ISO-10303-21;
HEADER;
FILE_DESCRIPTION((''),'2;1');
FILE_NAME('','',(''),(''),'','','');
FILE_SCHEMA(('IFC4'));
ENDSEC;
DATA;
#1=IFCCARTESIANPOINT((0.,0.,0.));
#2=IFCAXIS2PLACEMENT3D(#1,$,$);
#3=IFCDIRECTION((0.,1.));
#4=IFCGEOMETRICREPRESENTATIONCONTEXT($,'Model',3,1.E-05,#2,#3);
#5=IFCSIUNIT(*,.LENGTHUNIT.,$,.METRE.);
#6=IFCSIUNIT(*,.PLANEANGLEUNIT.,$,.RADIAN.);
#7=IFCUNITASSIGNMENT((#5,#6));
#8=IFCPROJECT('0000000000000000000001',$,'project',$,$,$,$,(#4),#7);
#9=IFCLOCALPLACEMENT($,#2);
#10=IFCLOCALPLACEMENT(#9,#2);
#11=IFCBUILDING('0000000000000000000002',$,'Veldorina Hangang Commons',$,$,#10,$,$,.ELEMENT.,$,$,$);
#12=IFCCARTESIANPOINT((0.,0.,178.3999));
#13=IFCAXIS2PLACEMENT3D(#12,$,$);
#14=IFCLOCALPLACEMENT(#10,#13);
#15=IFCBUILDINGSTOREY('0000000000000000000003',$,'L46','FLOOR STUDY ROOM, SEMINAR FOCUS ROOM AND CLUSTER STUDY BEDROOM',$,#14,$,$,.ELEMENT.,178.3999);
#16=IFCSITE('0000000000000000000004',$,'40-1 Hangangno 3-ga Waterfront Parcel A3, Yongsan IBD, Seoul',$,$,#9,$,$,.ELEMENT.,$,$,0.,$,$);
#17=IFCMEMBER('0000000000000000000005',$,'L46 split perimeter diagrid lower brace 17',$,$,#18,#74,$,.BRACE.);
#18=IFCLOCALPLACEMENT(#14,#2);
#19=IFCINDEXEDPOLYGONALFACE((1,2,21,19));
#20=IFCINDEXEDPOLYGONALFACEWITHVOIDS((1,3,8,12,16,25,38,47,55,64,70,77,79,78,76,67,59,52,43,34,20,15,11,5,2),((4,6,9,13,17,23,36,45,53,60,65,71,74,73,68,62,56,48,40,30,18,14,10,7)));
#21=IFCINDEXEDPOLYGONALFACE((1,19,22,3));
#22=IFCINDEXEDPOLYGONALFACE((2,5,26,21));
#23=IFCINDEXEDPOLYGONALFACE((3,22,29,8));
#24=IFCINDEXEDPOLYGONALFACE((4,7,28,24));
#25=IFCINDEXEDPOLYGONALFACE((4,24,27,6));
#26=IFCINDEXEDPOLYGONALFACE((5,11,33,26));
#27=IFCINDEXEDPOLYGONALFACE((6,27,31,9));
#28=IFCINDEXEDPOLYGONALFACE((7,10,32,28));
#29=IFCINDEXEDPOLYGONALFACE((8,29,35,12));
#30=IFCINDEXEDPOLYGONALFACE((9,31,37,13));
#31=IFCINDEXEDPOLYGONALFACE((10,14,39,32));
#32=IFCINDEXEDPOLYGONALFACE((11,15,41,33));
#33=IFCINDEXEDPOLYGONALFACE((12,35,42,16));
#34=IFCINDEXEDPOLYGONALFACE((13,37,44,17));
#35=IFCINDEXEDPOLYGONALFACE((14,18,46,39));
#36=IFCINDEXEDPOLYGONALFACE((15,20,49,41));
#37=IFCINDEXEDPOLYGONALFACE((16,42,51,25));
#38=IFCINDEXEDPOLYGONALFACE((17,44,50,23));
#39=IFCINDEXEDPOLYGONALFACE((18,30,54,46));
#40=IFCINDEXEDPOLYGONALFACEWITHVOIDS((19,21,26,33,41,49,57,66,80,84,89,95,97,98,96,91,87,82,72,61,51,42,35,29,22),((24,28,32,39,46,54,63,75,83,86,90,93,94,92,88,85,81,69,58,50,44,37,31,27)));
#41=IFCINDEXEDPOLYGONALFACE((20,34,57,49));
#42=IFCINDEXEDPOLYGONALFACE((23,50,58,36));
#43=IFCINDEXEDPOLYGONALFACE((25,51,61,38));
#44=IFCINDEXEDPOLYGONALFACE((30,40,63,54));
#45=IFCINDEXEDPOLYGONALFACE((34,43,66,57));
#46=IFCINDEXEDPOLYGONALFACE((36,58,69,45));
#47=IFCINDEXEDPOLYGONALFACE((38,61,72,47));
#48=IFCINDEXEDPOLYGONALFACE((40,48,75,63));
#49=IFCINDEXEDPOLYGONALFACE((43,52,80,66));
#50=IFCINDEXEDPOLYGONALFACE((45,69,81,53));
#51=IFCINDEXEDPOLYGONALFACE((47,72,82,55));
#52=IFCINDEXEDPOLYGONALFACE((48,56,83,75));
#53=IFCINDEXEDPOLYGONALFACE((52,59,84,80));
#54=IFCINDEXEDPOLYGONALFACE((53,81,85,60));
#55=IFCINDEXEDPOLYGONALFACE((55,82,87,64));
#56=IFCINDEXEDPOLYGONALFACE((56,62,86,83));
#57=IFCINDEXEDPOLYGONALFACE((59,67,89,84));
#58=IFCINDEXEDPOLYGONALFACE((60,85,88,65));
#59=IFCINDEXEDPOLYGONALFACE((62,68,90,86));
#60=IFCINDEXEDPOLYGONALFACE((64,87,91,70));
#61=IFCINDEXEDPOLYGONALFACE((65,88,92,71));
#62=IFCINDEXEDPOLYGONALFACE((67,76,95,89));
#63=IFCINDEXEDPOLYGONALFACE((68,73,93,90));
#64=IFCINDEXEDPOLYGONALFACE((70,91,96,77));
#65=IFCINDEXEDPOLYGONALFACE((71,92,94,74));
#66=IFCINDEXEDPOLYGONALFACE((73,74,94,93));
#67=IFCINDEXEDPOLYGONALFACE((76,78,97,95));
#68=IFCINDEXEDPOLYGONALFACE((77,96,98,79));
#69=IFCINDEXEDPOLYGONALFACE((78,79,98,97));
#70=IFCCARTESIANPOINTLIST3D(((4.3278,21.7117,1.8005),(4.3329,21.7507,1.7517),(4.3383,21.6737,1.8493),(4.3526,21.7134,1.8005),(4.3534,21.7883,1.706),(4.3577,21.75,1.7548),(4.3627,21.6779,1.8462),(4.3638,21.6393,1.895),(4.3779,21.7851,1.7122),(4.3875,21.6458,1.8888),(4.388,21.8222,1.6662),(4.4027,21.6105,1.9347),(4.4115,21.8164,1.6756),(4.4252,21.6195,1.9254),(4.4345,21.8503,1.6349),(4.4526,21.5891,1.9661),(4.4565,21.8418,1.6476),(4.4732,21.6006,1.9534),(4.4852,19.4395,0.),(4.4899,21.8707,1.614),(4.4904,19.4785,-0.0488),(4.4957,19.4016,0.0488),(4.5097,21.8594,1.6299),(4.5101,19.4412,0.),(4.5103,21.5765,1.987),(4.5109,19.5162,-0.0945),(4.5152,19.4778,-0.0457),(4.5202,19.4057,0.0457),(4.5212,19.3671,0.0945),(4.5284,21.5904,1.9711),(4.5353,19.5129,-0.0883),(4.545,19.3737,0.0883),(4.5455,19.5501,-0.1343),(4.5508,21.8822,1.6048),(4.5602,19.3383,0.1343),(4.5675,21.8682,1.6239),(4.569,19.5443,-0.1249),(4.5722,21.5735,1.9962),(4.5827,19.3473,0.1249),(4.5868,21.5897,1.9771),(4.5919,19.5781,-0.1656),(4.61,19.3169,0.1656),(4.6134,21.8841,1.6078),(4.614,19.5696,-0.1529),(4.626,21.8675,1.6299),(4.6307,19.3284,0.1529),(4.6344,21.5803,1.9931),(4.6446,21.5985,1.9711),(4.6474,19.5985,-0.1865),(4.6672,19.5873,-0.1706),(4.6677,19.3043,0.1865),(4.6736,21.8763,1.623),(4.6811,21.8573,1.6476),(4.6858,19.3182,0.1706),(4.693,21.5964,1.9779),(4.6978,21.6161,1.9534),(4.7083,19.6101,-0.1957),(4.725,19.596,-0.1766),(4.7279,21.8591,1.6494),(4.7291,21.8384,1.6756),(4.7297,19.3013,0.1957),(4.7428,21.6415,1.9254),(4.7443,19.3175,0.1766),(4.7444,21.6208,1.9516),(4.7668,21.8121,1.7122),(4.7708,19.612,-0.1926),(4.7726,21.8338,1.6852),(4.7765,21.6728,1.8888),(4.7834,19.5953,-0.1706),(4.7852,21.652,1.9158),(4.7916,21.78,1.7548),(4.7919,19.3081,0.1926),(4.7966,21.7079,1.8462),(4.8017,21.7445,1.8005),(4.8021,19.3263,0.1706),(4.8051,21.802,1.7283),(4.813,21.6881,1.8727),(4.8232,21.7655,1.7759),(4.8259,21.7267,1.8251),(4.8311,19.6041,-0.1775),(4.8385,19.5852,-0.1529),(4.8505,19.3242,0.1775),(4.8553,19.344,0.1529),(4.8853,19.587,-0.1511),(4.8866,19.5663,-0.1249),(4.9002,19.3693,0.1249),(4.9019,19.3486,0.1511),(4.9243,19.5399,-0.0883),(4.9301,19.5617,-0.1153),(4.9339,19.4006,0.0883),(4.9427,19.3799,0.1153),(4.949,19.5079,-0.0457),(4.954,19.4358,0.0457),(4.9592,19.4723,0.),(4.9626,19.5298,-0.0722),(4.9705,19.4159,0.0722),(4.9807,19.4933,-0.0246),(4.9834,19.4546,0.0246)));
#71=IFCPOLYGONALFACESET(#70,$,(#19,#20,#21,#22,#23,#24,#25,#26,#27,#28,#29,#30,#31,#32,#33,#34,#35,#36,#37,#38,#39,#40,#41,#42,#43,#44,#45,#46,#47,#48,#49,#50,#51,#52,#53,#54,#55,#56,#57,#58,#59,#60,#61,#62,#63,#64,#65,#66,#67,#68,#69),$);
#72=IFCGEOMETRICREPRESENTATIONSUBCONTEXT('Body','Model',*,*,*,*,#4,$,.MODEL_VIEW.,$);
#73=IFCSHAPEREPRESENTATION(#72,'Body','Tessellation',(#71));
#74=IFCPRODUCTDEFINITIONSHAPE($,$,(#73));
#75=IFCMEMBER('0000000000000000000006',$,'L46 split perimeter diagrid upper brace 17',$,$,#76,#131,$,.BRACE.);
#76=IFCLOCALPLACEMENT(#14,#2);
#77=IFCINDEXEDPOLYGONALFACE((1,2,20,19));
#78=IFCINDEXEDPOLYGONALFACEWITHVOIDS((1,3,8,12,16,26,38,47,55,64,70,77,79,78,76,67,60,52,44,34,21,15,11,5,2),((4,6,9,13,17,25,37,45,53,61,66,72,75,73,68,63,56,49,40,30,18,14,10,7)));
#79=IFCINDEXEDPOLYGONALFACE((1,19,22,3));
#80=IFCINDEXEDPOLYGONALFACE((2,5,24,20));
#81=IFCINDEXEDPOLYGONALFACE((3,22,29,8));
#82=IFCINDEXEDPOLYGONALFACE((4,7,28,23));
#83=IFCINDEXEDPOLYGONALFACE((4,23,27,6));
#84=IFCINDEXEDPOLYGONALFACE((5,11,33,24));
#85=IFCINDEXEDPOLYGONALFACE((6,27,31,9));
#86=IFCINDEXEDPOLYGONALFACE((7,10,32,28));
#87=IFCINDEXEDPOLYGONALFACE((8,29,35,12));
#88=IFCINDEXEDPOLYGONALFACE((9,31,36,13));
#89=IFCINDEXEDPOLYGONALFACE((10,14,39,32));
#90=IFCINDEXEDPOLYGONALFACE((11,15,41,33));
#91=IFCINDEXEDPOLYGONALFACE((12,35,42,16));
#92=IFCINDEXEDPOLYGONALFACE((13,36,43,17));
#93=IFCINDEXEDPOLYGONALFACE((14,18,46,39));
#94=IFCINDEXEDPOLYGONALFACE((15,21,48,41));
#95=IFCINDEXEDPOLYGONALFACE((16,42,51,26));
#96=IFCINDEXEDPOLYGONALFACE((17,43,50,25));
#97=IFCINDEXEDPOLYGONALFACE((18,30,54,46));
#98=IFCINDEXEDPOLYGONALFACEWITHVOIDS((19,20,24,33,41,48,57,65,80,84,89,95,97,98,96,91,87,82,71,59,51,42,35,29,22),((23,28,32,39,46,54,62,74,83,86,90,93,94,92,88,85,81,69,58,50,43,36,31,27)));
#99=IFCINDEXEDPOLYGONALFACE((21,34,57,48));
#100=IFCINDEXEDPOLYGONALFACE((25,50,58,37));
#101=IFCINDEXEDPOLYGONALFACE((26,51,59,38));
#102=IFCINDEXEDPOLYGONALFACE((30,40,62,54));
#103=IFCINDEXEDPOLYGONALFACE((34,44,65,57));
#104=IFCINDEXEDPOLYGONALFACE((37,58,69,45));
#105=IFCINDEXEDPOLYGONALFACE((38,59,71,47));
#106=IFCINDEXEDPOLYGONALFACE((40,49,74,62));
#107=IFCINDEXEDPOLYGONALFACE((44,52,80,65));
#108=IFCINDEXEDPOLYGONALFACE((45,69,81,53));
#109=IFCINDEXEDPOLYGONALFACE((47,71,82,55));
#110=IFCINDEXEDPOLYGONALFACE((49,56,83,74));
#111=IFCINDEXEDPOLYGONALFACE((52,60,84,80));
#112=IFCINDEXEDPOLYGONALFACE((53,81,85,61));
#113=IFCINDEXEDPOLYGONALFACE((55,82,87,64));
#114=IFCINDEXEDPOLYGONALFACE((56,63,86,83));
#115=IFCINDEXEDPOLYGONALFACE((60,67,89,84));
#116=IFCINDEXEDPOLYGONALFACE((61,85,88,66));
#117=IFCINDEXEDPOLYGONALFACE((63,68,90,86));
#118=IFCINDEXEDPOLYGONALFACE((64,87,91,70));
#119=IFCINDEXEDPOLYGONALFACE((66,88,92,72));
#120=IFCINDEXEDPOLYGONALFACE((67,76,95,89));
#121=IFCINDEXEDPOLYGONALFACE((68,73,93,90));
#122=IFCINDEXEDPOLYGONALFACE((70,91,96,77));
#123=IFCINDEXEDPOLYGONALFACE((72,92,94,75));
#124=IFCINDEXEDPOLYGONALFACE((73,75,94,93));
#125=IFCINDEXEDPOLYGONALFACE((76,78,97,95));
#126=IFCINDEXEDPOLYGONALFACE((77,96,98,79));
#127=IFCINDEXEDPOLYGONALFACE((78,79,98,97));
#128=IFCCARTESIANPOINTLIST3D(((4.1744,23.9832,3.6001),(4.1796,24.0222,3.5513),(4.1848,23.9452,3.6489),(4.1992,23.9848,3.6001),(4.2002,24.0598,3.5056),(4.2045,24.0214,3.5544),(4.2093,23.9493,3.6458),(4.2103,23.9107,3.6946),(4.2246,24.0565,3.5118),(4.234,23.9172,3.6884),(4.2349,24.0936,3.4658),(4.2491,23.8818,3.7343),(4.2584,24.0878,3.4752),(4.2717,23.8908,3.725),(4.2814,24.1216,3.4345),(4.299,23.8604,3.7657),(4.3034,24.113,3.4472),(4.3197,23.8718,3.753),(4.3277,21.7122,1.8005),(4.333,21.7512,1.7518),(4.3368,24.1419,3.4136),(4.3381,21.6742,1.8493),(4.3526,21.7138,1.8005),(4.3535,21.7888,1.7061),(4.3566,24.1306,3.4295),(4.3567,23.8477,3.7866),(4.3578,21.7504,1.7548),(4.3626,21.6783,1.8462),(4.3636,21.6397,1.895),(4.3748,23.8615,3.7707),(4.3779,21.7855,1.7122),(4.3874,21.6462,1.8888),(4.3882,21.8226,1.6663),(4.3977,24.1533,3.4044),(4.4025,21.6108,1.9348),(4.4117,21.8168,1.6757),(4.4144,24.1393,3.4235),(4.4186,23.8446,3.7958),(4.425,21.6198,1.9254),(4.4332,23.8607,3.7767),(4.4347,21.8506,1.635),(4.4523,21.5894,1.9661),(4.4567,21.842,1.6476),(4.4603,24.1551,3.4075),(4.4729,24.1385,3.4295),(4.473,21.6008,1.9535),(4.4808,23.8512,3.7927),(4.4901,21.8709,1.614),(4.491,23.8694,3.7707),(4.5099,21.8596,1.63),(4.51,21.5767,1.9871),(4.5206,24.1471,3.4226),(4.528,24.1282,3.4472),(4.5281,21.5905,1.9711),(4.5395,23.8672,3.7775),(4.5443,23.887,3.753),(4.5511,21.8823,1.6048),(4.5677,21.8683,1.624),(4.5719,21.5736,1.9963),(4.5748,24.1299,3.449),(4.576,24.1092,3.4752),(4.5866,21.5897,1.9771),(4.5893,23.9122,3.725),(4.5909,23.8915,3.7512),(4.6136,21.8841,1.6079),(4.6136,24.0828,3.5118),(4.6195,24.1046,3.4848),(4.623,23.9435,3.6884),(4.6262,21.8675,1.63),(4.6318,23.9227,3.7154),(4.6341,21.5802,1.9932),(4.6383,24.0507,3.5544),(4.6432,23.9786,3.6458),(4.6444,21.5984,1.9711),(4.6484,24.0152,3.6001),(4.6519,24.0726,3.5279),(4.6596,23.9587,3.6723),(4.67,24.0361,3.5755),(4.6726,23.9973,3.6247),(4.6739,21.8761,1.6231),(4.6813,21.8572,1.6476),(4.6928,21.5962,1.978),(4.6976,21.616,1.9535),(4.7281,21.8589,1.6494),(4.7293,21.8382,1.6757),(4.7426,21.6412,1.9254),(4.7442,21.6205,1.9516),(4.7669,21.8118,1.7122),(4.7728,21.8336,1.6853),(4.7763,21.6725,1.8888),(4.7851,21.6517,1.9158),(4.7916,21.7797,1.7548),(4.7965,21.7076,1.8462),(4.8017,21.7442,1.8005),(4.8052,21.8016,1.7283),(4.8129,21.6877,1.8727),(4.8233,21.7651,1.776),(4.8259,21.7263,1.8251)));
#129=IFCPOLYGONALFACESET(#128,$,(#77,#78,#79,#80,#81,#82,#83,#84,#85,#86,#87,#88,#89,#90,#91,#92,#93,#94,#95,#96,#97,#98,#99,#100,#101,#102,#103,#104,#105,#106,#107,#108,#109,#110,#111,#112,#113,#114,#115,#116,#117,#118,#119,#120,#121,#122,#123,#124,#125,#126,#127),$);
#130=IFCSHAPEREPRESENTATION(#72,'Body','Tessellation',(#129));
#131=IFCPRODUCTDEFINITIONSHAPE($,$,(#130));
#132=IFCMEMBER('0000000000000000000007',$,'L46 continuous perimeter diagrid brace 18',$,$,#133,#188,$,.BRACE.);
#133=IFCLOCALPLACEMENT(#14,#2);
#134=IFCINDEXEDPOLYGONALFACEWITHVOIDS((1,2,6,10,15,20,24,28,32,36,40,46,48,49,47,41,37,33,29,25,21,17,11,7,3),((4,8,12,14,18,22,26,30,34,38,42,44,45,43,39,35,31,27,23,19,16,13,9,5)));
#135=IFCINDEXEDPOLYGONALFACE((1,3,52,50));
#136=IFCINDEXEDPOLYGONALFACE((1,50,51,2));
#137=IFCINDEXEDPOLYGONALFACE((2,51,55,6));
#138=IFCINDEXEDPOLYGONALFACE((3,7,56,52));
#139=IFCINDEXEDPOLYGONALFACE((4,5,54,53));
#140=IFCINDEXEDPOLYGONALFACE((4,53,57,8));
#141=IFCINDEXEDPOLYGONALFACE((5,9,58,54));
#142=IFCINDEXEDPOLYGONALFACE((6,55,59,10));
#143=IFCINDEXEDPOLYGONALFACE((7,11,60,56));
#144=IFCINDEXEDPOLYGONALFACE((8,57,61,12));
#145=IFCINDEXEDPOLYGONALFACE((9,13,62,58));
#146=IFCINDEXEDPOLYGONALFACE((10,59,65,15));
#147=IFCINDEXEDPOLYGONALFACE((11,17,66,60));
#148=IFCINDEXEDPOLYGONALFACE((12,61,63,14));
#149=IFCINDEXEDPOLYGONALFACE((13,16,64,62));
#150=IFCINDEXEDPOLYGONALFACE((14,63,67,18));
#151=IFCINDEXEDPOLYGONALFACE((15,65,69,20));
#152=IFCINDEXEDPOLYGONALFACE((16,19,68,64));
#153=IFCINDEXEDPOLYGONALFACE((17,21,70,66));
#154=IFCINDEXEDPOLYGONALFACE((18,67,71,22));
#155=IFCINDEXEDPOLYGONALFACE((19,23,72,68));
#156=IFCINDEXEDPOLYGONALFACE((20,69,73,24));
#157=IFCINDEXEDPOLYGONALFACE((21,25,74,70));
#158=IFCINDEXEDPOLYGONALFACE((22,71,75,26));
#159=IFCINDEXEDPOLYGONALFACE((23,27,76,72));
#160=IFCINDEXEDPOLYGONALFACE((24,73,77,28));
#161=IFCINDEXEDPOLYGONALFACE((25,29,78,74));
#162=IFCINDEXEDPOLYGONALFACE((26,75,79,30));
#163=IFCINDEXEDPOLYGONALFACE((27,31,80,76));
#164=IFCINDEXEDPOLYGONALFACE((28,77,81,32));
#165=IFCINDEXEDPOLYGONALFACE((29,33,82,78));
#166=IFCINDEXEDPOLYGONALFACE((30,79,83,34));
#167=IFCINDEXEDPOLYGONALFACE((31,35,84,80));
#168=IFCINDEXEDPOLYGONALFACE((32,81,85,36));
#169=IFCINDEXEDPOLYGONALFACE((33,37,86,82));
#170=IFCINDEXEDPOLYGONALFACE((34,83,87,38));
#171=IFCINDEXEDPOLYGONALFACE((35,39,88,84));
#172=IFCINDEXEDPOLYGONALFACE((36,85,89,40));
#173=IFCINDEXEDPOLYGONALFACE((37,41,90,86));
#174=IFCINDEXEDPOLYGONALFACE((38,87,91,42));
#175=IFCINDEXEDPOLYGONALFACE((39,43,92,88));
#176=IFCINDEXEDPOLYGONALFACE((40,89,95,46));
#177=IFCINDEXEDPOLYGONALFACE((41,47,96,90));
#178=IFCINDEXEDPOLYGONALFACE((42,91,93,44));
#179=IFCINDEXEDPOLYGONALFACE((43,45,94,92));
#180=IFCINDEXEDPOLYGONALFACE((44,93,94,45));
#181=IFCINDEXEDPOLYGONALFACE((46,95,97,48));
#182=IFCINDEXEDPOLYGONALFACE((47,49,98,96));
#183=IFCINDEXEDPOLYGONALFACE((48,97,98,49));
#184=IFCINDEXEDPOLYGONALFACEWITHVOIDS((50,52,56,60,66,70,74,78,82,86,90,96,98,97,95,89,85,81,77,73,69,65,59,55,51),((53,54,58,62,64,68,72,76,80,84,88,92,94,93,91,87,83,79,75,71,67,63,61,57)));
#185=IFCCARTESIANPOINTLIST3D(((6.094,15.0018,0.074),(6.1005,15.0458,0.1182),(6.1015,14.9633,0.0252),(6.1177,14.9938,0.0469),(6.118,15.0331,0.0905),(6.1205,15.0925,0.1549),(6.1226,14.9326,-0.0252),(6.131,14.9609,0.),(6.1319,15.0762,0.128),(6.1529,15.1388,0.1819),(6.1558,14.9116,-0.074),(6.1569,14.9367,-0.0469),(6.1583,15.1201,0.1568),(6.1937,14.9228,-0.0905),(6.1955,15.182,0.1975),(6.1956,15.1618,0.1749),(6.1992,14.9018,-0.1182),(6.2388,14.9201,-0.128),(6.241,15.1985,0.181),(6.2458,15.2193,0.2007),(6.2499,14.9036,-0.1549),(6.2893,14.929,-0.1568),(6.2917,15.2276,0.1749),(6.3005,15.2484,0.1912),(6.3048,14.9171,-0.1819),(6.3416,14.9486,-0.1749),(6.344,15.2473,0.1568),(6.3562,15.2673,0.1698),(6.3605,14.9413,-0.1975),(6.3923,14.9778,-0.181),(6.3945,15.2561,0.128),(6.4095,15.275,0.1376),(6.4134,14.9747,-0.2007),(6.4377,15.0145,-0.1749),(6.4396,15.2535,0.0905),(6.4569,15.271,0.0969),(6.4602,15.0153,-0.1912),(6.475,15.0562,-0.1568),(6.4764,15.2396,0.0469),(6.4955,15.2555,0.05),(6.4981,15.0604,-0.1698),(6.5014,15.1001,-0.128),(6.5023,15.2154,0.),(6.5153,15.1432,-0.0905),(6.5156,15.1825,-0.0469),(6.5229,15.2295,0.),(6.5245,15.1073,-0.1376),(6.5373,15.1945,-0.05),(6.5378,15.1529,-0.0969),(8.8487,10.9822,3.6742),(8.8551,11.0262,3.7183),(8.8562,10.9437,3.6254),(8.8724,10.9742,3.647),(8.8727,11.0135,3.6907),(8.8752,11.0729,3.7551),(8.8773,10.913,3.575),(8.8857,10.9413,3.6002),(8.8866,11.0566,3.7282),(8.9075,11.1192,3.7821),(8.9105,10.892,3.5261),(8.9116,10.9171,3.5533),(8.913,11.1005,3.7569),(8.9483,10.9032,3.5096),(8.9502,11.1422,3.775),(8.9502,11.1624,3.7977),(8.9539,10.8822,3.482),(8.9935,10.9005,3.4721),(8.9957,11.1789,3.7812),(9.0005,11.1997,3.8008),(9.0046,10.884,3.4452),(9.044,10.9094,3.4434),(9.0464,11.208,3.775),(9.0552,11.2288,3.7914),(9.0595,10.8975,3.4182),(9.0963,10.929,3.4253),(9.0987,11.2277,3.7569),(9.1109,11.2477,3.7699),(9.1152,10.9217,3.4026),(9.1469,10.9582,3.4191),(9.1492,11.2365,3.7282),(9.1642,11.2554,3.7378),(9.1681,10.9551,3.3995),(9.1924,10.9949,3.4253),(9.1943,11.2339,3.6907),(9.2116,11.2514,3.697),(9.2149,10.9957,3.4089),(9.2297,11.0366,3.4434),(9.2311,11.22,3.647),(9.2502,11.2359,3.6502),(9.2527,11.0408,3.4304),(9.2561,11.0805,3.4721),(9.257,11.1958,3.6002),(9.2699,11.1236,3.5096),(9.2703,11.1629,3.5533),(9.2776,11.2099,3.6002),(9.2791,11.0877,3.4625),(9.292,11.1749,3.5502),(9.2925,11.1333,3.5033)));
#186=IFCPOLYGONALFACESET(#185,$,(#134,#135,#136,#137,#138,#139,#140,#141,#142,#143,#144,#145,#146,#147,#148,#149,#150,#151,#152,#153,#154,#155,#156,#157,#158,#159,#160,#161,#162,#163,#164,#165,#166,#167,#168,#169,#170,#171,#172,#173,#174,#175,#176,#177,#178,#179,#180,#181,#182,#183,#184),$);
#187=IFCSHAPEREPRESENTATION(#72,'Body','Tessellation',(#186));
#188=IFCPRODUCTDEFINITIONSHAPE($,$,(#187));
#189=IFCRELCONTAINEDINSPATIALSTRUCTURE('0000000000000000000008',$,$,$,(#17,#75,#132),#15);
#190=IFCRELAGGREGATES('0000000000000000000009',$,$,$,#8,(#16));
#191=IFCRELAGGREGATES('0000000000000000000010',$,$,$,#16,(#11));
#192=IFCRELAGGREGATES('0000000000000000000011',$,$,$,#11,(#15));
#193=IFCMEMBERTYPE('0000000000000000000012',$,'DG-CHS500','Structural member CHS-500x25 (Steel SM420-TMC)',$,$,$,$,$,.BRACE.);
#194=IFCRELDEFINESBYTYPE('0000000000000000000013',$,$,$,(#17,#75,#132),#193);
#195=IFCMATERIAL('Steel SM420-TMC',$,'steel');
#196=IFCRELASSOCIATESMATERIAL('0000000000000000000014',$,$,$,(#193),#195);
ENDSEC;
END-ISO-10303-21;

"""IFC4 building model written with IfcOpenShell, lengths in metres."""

from ifc_helpers import new_model, si_unit, direction, frame, origin, origin_2d, place, context, subcontext, project, spatial, hollow_circle, extrude, material, material_profile, profile_set, type_object, element, save


model = new_model("IFC4")

# Units and contexts
model_context = context("Model", 3, precision=1e-05, world=origin(), true_north=direction((0.0, 1.0)))
body_context = subcontext(model_context, "Body", "Model", "MODEL_VIEW")
ifc_project = project(units=[si_unit("LENGTHUNIT", "METRE"), si_unit("PLANEANGLEUNIT", "RADIAN")], contexts=[model_context])

# Site, building, storey
site_placement = place(None, origin())
site = spatial("IfcSite", under=ifc_project, at=site_placement, Name="40-1 Hangangno 3-ga Waterfront Parcel A3, Yongsan IBD, Seoul", CompositionType="ELEMENT", RefElevation=0.0)
building_placement = place(site_placement, origin())
building = spatial("IfcBuilding", under=site, at=building_placement, Name="Veldorina Hangang Commons", CompositionType="ELEMENT")
storey_placement = place(building_placement, frame((0.0, 0.0, 178.3999)))
storey = spatial("IfcBuildingStorey", under=building, at=storey_placement, Name="L46", Description="FLOOR STUDY ROOM, SEMINAR FOCUS ROOM AND CLUSTER STUDY BEDROOM", CompositionType="ELEMENT", Elevation=178.3999)

# Shared definitions
ifc_material_1 = material(Name="Steel SM420-TMC", Category="steel")

# Members
ifc_material_profile_1 = material_profile(ifc_material_1, hollow_circle(Radius=0.25, WallThickness=0.0249, at=origin_2d()), Name="CHS-500x25")
ifc_profile_set_1 = profile_set([ifc_material_profile_1], Name="Steel SM420-TMC")
member_type = type_object("IfcMemberType", Name="DG-CHS500", Description="Structural member CHS-500x25 (Steel SM420-TMC)", PredefinedType="BRACE", material=ifc_profile_set_1)
member_1_placement = place(storey_placement, frame((4.7346, 19.4568, 0.0), z_axis=(-0.054237, 0.782607, 0.620149), x_axis=(-0.997607, -0.069137, 0.0)))
element("IfcMember", 1, at=member_1_placement, inside=storey, type_object=member_type, Name="L46 split perimeter diagrid lower brace 17", PredefinedType="BRACE", context=body_context, shape_type="SweptSolid", body=[
    extrude(hollow_circle(Radius=0.25, WallThickness=0.0249, at=origin_2d()), origin(), (0.0, 0.0, 1.0), 2.9033),
])
member_2_placement = place(storey_placement, frame((4.5771, 21.729, 1.8005), z_axis=(-0.05284, 0.782667, 0.620194), x_axis=(-0.997729, -0.067359, 0.0)))
element("IfcMember", 2, at=member_2_placement, inside=storey, type_object=member_type, Name="L46 split perimeter diagrid upper brace 17", PredefinedType="BRACE", context=body_context, shape_type="SweptSolid", body=[
    extrude(hollow_circle(Radius=0.25, WallThickness=0.0249, at=origin_2d()), origin(), (0.0, 0.0, 1.0), 2.9016),
])
member_3_placement = place(storey_placement, frame((6.3167, 15.0881, 0.0), z_axis=(0.454674, -0.663454, 0.594223), x_axis=(0.824883, 0.565303, 0.0)))
element("IfcMember", 3, at=member_3_placement, inside=storey, type_object=member_type, Name="L46 continuous perimeter diagrid brace 18", PredefinedType="BRACE", context=body_context, shape_type="SweptSolid", body=[
    extrude(hollow_circle(Radius=0.25, WallThickness=0.0249, at=origin_2d()), origin(), (0.0, 0.0, 1.0), 6.0586),
])

save(model, "model.ifc")
